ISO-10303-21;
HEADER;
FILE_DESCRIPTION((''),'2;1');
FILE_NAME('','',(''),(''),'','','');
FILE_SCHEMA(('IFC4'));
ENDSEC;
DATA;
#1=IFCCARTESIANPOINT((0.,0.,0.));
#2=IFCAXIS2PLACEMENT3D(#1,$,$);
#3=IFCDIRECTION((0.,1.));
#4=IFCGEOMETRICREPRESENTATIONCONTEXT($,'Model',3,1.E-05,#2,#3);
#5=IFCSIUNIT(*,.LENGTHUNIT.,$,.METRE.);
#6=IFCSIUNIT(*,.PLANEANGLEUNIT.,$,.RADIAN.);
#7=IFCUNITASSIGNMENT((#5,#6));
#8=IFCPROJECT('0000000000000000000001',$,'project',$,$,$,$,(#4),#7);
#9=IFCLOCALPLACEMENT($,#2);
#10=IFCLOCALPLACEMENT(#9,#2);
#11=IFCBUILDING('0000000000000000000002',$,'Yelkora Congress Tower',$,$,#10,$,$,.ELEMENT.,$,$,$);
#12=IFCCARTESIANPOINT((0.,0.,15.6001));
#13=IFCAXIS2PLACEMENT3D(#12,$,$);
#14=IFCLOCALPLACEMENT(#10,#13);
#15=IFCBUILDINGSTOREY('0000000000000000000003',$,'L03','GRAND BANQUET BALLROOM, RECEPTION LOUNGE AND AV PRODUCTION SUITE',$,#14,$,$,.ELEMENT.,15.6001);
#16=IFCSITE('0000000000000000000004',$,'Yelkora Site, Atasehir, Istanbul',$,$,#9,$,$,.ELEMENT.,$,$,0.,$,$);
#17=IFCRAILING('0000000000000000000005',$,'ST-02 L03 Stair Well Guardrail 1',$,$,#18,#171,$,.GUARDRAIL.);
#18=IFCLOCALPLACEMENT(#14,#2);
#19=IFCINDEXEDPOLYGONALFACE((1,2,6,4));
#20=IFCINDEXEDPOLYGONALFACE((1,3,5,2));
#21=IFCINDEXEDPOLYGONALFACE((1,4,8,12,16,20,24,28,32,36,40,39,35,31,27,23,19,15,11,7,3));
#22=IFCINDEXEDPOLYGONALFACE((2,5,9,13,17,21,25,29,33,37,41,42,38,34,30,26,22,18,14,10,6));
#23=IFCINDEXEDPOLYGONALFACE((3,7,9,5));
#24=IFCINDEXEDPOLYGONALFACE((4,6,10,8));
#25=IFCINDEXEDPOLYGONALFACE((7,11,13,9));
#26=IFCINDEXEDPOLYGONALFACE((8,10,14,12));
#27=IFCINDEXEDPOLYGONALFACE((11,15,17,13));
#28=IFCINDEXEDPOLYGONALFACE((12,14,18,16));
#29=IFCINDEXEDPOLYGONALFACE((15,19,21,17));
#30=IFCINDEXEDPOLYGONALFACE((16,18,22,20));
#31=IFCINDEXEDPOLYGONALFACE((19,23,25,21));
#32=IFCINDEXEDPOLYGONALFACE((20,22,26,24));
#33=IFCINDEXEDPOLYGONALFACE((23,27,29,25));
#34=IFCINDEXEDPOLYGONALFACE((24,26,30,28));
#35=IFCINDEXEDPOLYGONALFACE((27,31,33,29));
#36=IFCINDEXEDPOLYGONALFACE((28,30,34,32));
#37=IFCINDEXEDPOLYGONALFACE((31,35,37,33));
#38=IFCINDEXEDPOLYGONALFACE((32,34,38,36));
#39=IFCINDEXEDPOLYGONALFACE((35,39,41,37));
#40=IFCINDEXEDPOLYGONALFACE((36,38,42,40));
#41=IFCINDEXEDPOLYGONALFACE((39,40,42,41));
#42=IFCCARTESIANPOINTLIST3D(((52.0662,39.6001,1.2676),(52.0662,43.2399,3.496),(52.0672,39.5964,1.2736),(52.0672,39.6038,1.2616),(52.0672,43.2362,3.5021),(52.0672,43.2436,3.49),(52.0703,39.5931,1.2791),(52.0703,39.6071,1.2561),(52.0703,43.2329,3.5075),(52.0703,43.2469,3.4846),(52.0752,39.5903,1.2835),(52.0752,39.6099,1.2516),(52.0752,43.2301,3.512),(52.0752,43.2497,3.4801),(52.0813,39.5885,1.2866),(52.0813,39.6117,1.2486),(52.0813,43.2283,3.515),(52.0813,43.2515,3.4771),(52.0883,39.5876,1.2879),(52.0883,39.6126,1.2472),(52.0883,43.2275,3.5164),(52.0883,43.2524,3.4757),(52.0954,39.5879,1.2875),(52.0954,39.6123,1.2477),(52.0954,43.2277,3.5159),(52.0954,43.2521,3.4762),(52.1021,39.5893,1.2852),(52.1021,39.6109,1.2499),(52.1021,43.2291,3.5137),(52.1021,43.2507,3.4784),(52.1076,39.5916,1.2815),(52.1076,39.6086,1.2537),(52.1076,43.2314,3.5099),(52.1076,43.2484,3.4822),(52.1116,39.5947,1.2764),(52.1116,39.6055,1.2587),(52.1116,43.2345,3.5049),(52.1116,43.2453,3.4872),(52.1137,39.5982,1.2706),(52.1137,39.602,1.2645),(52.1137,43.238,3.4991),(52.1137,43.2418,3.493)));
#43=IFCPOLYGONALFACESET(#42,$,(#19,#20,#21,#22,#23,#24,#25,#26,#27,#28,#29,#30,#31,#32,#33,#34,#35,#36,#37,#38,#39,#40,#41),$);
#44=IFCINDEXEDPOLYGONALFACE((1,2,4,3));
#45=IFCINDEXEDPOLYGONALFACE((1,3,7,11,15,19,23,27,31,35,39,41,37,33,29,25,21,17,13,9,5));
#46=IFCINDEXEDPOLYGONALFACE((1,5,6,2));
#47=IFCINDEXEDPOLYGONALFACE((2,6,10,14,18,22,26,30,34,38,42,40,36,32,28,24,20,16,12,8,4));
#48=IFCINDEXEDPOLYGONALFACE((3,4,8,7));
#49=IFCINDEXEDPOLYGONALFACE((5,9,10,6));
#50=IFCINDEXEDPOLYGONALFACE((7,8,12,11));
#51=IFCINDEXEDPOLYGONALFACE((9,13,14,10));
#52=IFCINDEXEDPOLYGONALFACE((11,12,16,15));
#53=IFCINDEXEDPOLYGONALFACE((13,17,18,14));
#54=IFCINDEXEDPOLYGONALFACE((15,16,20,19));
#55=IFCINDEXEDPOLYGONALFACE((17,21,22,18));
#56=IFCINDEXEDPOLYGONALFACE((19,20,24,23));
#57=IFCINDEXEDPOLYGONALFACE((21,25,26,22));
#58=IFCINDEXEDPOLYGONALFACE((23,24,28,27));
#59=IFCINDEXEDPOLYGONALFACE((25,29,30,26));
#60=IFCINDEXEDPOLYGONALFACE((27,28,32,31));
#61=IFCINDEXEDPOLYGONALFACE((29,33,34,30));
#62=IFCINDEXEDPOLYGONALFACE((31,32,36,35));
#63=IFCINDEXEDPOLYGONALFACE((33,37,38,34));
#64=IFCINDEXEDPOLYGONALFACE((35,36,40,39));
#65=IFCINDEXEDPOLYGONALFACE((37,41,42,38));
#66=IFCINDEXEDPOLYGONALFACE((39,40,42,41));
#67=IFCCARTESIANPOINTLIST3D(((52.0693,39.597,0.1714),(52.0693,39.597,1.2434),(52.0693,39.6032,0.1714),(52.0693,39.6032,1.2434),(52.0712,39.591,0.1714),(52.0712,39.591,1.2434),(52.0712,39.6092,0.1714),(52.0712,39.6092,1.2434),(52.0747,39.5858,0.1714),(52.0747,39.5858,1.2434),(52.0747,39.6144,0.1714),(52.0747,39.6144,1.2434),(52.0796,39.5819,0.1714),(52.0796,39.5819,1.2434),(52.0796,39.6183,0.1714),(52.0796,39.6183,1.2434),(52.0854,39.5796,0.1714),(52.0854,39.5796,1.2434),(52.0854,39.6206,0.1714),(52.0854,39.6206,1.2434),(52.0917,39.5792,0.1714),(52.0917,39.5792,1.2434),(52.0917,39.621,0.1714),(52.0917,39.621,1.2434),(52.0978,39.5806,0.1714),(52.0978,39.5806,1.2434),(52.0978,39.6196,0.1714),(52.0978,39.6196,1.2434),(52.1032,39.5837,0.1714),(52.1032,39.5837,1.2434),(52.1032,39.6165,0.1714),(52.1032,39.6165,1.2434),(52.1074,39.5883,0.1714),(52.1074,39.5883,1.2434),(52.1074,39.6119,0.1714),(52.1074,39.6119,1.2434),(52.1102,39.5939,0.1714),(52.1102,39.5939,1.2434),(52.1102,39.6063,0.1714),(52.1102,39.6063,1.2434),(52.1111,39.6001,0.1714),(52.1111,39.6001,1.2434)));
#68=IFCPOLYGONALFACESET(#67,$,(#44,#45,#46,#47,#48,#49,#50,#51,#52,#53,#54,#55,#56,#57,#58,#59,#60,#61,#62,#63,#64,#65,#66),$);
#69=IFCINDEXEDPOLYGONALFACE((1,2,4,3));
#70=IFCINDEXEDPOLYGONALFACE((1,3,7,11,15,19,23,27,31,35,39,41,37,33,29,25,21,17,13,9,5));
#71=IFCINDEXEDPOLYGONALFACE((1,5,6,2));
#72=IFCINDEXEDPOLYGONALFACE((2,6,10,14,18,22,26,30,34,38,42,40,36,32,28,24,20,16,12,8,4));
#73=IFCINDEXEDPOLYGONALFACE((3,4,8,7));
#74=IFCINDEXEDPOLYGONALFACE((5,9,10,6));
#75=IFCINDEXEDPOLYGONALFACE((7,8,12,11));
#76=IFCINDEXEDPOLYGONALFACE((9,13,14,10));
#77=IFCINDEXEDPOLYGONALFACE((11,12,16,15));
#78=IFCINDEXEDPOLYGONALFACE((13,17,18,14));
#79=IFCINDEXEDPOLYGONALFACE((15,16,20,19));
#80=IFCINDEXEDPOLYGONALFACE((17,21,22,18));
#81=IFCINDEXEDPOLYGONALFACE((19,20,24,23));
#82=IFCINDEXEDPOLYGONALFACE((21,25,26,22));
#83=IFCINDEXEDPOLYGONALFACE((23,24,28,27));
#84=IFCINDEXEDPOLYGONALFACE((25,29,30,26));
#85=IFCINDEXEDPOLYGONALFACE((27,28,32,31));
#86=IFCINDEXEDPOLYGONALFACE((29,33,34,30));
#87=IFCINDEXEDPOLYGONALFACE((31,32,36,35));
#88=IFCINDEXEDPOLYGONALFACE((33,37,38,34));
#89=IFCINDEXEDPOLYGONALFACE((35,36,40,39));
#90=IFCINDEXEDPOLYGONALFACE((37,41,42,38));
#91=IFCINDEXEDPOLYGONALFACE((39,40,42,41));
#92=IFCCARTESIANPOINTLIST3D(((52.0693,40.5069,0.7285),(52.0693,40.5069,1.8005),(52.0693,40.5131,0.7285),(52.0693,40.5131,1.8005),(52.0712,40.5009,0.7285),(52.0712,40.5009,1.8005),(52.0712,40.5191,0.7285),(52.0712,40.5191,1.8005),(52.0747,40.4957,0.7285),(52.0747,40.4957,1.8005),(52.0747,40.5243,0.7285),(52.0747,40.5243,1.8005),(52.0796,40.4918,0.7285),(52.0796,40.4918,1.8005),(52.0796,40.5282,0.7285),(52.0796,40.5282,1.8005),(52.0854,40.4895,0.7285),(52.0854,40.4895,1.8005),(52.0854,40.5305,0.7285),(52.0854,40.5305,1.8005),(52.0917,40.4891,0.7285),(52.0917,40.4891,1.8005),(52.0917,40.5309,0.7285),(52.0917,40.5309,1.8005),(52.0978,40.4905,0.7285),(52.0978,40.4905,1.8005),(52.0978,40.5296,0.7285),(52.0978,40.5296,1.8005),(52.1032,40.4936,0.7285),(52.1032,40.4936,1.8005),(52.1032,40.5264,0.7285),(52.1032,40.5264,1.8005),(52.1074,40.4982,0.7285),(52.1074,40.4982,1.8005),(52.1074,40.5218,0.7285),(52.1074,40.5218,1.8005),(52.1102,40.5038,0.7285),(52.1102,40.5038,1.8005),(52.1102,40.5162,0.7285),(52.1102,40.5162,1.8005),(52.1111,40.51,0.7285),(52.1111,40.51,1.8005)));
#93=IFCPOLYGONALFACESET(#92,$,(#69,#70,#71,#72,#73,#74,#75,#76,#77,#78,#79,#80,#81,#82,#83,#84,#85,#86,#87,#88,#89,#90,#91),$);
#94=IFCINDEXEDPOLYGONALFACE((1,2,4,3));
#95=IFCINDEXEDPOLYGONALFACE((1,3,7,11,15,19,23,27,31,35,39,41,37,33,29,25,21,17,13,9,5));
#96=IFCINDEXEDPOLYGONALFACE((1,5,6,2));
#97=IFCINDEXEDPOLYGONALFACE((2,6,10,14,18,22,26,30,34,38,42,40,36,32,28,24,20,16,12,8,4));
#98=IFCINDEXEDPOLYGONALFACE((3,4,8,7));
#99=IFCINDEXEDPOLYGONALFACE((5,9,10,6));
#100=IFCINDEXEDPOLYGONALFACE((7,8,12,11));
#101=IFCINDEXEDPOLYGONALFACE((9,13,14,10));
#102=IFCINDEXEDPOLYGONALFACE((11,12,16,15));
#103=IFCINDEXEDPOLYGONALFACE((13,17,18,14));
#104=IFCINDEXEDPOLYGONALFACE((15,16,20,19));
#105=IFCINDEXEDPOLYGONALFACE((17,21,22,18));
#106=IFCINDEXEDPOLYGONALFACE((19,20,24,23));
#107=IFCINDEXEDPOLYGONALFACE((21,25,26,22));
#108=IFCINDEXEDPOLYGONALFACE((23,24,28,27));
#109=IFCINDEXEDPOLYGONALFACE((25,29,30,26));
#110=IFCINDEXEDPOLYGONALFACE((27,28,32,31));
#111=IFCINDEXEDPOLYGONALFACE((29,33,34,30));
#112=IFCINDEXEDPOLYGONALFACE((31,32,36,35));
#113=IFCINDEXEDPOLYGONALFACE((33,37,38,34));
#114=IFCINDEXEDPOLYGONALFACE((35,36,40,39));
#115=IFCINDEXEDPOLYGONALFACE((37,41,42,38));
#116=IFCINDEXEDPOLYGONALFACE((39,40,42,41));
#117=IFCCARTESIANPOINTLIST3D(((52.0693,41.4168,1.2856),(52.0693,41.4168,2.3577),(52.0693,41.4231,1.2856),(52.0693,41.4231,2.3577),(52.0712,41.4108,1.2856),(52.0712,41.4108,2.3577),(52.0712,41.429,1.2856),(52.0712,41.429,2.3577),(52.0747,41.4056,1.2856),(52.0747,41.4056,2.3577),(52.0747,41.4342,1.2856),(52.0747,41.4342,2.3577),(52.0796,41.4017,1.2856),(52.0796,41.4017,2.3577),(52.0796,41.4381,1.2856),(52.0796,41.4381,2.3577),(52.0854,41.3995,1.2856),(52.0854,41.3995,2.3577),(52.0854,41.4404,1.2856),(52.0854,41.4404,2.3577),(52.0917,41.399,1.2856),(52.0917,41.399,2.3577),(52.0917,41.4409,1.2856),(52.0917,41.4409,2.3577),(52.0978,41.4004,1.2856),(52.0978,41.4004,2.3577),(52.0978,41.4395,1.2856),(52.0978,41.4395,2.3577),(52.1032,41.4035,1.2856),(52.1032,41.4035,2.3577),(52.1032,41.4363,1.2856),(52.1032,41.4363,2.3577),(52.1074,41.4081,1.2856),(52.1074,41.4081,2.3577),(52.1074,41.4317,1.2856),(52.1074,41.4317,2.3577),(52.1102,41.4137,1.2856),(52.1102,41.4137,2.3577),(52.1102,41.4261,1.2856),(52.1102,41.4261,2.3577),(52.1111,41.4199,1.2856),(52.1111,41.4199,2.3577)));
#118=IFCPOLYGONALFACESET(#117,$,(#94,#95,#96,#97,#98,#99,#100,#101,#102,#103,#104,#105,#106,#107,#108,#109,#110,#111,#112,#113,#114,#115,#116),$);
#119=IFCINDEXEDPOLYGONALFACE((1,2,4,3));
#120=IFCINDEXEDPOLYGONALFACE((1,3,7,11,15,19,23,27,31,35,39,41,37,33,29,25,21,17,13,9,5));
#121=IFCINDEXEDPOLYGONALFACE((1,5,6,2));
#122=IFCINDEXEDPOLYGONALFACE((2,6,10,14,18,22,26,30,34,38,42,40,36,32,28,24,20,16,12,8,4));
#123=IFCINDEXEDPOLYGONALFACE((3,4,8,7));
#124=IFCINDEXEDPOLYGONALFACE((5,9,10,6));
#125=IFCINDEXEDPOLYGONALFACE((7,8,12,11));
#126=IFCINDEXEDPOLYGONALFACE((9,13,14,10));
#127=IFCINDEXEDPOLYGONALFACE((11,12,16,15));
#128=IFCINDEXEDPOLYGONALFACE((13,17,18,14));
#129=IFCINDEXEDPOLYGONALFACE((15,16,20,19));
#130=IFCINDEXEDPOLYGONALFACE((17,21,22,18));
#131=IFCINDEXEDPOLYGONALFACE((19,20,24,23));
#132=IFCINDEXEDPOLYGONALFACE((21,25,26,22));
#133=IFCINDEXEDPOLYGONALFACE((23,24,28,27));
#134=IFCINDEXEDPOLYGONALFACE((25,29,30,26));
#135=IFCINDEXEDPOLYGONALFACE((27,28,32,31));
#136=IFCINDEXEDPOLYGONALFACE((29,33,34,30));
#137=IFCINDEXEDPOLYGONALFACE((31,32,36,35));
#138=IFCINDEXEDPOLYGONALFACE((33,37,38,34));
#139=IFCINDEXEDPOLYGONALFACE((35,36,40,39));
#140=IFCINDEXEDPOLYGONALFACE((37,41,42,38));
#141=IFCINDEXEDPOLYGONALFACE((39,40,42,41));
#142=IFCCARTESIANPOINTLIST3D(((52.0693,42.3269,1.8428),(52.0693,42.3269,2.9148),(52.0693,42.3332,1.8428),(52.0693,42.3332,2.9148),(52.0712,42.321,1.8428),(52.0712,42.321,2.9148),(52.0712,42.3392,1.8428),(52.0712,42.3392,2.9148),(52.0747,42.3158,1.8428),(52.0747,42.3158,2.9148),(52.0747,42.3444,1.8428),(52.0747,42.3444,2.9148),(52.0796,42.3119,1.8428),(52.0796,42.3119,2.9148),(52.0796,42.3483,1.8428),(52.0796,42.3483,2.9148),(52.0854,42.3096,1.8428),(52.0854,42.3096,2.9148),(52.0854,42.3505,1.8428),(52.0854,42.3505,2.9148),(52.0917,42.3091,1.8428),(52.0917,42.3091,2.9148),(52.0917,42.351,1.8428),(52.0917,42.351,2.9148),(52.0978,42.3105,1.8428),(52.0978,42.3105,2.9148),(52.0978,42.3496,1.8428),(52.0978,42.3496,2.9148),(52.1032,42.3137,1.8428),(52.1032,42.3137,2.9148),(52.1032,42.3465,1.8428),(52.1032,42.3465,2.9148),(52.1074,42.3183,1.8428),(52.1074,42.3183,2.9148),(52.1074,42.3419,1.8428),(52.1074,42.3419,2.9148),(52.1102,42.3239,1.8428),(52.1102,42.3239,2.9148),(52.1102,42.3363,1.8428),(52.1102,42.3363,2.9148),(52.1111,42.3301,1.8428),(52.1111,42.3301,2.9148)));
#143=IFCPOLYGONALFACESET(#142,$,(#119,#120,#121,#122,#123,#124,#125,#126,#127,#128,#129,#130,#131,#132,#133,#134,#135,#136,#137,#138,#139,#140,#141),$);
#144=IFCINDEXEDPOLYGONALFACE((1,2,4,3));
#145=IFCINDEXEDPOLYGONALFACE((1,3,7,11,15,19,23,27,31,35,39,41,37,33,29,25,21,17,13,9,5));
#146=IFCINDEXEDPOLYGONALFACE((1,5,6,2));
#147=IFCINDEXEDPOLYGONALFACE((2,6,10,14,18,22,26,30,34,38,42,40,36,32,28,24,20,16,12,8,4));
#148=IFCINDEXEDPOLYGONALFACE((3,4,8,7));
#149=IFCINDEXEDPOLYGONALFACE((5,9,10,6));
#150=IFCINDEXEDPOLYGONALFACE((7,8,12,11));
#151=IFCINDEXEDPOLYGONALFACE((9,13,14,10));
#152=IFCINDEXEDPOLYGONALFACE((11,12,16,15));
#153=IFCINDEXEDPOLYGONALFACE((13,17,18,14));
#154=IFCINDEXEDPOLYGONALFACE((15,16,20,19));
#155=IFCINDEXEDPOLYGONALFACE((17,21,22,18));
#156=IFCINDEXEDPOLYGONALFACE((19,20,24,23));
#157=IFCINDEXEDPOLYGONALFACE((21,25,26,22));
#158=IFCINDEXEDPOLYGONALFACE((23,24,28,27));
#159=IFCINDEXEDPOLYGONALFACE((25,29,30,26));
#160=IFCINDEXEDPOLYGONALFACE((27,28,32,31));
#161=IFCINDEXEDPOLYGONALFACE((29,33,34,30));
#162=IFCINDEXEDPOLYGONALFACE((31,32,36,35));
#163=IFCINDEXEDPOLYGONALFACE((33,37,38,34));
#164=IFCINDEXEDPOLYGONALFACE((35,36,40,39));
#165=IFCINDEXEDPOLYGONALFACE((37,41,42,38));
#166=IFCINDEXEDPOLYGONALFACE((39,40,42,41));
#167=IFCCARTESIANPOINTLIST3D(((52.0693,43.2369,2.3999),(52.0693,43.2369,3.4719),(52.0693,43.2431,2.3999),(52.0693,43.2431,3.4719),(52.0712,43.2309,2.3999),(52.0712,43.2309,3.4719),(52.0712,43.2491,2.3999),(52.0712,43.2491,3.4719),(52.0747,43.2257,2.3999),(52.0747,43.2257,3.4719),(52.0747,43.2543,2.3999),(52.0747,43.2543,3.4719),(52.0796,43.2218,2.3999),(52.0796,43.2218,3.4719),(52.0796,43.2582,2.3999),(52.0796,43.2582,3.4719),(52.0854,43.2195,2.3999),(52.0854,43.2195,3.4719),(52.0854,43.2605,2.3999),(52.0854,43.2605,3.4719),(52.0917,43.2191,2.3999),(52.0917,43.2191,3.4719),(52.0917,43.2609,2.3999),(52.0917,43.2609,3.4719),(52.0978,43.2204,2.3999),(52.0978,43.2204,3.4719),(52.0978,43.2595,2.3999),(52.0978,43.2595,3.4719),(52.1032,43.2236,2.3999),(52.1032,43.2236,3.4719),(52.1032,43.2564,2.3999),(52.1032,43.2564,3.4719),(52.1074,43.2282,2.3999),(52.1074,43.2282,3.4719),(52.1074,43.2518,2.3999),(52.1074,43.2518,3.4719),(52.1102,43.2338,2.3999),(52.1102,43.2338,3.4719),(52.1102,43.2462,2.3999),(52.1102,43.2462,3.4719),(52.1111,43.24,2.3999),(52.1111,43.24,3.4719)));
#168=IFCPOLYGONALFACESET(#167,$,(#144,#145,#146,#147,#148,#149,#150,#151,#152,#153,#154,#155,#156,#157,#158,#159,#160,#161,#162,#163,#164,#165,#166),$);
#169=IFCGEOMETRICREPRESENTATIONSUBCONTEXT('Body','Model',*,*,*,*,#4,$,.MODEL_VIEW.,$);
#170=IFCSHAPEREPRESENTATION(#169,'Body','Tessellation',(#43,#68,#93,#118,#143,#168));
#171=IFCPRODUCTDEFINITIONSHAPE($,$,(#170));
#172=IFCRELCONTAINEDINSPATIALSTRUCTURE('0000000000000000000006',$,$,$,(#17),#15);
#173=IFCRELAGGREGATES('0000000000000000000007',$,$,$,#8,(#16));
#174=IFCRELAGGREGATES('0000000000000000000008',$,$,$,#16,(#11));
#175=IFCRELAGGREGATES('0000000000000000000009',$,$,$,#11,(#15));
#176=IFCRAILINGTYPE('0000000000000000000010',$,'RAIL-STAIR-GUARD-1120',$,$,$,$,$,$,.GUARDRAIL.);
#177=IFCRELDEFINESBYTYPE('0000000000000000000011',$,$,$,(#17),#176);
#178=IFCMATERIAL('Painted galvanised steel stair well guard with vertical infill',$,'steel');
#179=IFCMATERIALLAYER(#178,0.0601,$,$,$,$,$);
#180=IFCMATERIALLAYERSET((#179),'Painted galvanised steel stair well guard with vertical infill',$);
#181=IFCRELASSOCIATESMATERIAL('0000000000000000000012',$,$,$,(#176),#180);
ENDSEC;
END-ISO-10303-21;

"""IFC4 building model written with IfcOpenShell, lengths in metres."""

from ifc_helpers import new_model, si_unit, direction, frame, origin, origin_2d, place, context, subcontext, project, spatial, circle, extrude, material, layer, layer_set, type_object, element, save


model = new_model("IFC4")

# Units and contexts
model_context = context("Model", 3, precision=1e-05, world=origin(), true_north=direction((0.0, 1.0)))
body_context = subcontext(model_context, "Body", "Model", "MODEL_VIEW")
ifc_project = project(units=[si_unit("LENGTHUNIT", "METRE"), si_unit("PLANEANGLEUNIT", "RADIAN")], contexts=[model_context])

# Site, building, storey
site_placement = place(None, origin())
site = spatial("IfcSite", under=ifc_project, at=site_placement, Name="Yelkora Site, Atasehir, Istanbul", CompositionType="ELEMENT", RefElevation=0.0)
building_placement = place(site_placement, origin())
building = spatial("IfcBuilding", under=site, at=building_placement, Name="Yelkora Congress Tower", CompositionType="ELEMENT")
storey_placement = place(building_placement, frame((0.0, 0.0, 15.6001)))
storey = spatial("IfcBuildingStorey", under=building, at=storey_placement, Name="L03", Description="GRAND BANQUET BALLROOM, RECEPTION LOUNGE AND AV PRODUCTION SUITE", CompositionType="ELEMENT", Elevation=15.6001)

# Railing
ifc_material_1 = material(Name="Painted galvanised steel stair well guard with vertical infill", Category="steel")
ifc_layer_1 = layer(ifc_material_1, 0.0601)
ifc_layer_set_1 = layer_set([ifc_layer_1], Name="Painted galvanised steel stair well guard with vertical infill")
railing_type_1 = type_object("IfcRailingType", Name="RAIL-STAIR-GUARD-1120", PredefinedType="GUARDRAIL", material=ifc_layer_set_1)
railing_1_placement = place(storey_placement, frame((52.0901, 39.6001, 0.1714)))
element("IfcRailing", 1, at=railing_1_placement, inside=storey, type_object=railing_type_1, Name="ST-02 L03 Stair Well Guardrail 1", PredefinedType="GUARDRAIL", context=body_context, shape_type="SweptSolid", body=[
    extrude(circle(Radius=0.0239, at=origin_2d()), frame((0.0, 0.0, 1.0962), z_axis=(0.0, 0.85285, 0.522156), x_axis=(-1.0, 0.0, 0.0)), (0.0, 0.0, 1.0), 4.2678),
    extrude(circle(Radius=0.021, at=origin_2d()), origin(), (0.0, 0.0, 1.0), 1.072),
    extrude(circle(Radius=0.021, at=origin_2d()), frame((0.0, 0.9099, 0.5571)), (0.0, 0.0, 1.0), 1.072),
    extrude(circle(Radius=0.021, at=origin_2d()), frame((0.0, 1.8198, 1.1143)), (0.0, 0.0, 1.0), 1.072),
    extrude(circle(Radius=0.021, at=origin_2d()), frame((0.0, 2.73, 1.6714)), (0.0, 0.0, 1.0), 1.072),
    extrude(circle(Radius=0.021, at=origin_2d()), frame((0.0, 3.6399, 2.2285)), (0.0, 0.0, 1.0), 1.072),
])

save(model, "model.ifc")
